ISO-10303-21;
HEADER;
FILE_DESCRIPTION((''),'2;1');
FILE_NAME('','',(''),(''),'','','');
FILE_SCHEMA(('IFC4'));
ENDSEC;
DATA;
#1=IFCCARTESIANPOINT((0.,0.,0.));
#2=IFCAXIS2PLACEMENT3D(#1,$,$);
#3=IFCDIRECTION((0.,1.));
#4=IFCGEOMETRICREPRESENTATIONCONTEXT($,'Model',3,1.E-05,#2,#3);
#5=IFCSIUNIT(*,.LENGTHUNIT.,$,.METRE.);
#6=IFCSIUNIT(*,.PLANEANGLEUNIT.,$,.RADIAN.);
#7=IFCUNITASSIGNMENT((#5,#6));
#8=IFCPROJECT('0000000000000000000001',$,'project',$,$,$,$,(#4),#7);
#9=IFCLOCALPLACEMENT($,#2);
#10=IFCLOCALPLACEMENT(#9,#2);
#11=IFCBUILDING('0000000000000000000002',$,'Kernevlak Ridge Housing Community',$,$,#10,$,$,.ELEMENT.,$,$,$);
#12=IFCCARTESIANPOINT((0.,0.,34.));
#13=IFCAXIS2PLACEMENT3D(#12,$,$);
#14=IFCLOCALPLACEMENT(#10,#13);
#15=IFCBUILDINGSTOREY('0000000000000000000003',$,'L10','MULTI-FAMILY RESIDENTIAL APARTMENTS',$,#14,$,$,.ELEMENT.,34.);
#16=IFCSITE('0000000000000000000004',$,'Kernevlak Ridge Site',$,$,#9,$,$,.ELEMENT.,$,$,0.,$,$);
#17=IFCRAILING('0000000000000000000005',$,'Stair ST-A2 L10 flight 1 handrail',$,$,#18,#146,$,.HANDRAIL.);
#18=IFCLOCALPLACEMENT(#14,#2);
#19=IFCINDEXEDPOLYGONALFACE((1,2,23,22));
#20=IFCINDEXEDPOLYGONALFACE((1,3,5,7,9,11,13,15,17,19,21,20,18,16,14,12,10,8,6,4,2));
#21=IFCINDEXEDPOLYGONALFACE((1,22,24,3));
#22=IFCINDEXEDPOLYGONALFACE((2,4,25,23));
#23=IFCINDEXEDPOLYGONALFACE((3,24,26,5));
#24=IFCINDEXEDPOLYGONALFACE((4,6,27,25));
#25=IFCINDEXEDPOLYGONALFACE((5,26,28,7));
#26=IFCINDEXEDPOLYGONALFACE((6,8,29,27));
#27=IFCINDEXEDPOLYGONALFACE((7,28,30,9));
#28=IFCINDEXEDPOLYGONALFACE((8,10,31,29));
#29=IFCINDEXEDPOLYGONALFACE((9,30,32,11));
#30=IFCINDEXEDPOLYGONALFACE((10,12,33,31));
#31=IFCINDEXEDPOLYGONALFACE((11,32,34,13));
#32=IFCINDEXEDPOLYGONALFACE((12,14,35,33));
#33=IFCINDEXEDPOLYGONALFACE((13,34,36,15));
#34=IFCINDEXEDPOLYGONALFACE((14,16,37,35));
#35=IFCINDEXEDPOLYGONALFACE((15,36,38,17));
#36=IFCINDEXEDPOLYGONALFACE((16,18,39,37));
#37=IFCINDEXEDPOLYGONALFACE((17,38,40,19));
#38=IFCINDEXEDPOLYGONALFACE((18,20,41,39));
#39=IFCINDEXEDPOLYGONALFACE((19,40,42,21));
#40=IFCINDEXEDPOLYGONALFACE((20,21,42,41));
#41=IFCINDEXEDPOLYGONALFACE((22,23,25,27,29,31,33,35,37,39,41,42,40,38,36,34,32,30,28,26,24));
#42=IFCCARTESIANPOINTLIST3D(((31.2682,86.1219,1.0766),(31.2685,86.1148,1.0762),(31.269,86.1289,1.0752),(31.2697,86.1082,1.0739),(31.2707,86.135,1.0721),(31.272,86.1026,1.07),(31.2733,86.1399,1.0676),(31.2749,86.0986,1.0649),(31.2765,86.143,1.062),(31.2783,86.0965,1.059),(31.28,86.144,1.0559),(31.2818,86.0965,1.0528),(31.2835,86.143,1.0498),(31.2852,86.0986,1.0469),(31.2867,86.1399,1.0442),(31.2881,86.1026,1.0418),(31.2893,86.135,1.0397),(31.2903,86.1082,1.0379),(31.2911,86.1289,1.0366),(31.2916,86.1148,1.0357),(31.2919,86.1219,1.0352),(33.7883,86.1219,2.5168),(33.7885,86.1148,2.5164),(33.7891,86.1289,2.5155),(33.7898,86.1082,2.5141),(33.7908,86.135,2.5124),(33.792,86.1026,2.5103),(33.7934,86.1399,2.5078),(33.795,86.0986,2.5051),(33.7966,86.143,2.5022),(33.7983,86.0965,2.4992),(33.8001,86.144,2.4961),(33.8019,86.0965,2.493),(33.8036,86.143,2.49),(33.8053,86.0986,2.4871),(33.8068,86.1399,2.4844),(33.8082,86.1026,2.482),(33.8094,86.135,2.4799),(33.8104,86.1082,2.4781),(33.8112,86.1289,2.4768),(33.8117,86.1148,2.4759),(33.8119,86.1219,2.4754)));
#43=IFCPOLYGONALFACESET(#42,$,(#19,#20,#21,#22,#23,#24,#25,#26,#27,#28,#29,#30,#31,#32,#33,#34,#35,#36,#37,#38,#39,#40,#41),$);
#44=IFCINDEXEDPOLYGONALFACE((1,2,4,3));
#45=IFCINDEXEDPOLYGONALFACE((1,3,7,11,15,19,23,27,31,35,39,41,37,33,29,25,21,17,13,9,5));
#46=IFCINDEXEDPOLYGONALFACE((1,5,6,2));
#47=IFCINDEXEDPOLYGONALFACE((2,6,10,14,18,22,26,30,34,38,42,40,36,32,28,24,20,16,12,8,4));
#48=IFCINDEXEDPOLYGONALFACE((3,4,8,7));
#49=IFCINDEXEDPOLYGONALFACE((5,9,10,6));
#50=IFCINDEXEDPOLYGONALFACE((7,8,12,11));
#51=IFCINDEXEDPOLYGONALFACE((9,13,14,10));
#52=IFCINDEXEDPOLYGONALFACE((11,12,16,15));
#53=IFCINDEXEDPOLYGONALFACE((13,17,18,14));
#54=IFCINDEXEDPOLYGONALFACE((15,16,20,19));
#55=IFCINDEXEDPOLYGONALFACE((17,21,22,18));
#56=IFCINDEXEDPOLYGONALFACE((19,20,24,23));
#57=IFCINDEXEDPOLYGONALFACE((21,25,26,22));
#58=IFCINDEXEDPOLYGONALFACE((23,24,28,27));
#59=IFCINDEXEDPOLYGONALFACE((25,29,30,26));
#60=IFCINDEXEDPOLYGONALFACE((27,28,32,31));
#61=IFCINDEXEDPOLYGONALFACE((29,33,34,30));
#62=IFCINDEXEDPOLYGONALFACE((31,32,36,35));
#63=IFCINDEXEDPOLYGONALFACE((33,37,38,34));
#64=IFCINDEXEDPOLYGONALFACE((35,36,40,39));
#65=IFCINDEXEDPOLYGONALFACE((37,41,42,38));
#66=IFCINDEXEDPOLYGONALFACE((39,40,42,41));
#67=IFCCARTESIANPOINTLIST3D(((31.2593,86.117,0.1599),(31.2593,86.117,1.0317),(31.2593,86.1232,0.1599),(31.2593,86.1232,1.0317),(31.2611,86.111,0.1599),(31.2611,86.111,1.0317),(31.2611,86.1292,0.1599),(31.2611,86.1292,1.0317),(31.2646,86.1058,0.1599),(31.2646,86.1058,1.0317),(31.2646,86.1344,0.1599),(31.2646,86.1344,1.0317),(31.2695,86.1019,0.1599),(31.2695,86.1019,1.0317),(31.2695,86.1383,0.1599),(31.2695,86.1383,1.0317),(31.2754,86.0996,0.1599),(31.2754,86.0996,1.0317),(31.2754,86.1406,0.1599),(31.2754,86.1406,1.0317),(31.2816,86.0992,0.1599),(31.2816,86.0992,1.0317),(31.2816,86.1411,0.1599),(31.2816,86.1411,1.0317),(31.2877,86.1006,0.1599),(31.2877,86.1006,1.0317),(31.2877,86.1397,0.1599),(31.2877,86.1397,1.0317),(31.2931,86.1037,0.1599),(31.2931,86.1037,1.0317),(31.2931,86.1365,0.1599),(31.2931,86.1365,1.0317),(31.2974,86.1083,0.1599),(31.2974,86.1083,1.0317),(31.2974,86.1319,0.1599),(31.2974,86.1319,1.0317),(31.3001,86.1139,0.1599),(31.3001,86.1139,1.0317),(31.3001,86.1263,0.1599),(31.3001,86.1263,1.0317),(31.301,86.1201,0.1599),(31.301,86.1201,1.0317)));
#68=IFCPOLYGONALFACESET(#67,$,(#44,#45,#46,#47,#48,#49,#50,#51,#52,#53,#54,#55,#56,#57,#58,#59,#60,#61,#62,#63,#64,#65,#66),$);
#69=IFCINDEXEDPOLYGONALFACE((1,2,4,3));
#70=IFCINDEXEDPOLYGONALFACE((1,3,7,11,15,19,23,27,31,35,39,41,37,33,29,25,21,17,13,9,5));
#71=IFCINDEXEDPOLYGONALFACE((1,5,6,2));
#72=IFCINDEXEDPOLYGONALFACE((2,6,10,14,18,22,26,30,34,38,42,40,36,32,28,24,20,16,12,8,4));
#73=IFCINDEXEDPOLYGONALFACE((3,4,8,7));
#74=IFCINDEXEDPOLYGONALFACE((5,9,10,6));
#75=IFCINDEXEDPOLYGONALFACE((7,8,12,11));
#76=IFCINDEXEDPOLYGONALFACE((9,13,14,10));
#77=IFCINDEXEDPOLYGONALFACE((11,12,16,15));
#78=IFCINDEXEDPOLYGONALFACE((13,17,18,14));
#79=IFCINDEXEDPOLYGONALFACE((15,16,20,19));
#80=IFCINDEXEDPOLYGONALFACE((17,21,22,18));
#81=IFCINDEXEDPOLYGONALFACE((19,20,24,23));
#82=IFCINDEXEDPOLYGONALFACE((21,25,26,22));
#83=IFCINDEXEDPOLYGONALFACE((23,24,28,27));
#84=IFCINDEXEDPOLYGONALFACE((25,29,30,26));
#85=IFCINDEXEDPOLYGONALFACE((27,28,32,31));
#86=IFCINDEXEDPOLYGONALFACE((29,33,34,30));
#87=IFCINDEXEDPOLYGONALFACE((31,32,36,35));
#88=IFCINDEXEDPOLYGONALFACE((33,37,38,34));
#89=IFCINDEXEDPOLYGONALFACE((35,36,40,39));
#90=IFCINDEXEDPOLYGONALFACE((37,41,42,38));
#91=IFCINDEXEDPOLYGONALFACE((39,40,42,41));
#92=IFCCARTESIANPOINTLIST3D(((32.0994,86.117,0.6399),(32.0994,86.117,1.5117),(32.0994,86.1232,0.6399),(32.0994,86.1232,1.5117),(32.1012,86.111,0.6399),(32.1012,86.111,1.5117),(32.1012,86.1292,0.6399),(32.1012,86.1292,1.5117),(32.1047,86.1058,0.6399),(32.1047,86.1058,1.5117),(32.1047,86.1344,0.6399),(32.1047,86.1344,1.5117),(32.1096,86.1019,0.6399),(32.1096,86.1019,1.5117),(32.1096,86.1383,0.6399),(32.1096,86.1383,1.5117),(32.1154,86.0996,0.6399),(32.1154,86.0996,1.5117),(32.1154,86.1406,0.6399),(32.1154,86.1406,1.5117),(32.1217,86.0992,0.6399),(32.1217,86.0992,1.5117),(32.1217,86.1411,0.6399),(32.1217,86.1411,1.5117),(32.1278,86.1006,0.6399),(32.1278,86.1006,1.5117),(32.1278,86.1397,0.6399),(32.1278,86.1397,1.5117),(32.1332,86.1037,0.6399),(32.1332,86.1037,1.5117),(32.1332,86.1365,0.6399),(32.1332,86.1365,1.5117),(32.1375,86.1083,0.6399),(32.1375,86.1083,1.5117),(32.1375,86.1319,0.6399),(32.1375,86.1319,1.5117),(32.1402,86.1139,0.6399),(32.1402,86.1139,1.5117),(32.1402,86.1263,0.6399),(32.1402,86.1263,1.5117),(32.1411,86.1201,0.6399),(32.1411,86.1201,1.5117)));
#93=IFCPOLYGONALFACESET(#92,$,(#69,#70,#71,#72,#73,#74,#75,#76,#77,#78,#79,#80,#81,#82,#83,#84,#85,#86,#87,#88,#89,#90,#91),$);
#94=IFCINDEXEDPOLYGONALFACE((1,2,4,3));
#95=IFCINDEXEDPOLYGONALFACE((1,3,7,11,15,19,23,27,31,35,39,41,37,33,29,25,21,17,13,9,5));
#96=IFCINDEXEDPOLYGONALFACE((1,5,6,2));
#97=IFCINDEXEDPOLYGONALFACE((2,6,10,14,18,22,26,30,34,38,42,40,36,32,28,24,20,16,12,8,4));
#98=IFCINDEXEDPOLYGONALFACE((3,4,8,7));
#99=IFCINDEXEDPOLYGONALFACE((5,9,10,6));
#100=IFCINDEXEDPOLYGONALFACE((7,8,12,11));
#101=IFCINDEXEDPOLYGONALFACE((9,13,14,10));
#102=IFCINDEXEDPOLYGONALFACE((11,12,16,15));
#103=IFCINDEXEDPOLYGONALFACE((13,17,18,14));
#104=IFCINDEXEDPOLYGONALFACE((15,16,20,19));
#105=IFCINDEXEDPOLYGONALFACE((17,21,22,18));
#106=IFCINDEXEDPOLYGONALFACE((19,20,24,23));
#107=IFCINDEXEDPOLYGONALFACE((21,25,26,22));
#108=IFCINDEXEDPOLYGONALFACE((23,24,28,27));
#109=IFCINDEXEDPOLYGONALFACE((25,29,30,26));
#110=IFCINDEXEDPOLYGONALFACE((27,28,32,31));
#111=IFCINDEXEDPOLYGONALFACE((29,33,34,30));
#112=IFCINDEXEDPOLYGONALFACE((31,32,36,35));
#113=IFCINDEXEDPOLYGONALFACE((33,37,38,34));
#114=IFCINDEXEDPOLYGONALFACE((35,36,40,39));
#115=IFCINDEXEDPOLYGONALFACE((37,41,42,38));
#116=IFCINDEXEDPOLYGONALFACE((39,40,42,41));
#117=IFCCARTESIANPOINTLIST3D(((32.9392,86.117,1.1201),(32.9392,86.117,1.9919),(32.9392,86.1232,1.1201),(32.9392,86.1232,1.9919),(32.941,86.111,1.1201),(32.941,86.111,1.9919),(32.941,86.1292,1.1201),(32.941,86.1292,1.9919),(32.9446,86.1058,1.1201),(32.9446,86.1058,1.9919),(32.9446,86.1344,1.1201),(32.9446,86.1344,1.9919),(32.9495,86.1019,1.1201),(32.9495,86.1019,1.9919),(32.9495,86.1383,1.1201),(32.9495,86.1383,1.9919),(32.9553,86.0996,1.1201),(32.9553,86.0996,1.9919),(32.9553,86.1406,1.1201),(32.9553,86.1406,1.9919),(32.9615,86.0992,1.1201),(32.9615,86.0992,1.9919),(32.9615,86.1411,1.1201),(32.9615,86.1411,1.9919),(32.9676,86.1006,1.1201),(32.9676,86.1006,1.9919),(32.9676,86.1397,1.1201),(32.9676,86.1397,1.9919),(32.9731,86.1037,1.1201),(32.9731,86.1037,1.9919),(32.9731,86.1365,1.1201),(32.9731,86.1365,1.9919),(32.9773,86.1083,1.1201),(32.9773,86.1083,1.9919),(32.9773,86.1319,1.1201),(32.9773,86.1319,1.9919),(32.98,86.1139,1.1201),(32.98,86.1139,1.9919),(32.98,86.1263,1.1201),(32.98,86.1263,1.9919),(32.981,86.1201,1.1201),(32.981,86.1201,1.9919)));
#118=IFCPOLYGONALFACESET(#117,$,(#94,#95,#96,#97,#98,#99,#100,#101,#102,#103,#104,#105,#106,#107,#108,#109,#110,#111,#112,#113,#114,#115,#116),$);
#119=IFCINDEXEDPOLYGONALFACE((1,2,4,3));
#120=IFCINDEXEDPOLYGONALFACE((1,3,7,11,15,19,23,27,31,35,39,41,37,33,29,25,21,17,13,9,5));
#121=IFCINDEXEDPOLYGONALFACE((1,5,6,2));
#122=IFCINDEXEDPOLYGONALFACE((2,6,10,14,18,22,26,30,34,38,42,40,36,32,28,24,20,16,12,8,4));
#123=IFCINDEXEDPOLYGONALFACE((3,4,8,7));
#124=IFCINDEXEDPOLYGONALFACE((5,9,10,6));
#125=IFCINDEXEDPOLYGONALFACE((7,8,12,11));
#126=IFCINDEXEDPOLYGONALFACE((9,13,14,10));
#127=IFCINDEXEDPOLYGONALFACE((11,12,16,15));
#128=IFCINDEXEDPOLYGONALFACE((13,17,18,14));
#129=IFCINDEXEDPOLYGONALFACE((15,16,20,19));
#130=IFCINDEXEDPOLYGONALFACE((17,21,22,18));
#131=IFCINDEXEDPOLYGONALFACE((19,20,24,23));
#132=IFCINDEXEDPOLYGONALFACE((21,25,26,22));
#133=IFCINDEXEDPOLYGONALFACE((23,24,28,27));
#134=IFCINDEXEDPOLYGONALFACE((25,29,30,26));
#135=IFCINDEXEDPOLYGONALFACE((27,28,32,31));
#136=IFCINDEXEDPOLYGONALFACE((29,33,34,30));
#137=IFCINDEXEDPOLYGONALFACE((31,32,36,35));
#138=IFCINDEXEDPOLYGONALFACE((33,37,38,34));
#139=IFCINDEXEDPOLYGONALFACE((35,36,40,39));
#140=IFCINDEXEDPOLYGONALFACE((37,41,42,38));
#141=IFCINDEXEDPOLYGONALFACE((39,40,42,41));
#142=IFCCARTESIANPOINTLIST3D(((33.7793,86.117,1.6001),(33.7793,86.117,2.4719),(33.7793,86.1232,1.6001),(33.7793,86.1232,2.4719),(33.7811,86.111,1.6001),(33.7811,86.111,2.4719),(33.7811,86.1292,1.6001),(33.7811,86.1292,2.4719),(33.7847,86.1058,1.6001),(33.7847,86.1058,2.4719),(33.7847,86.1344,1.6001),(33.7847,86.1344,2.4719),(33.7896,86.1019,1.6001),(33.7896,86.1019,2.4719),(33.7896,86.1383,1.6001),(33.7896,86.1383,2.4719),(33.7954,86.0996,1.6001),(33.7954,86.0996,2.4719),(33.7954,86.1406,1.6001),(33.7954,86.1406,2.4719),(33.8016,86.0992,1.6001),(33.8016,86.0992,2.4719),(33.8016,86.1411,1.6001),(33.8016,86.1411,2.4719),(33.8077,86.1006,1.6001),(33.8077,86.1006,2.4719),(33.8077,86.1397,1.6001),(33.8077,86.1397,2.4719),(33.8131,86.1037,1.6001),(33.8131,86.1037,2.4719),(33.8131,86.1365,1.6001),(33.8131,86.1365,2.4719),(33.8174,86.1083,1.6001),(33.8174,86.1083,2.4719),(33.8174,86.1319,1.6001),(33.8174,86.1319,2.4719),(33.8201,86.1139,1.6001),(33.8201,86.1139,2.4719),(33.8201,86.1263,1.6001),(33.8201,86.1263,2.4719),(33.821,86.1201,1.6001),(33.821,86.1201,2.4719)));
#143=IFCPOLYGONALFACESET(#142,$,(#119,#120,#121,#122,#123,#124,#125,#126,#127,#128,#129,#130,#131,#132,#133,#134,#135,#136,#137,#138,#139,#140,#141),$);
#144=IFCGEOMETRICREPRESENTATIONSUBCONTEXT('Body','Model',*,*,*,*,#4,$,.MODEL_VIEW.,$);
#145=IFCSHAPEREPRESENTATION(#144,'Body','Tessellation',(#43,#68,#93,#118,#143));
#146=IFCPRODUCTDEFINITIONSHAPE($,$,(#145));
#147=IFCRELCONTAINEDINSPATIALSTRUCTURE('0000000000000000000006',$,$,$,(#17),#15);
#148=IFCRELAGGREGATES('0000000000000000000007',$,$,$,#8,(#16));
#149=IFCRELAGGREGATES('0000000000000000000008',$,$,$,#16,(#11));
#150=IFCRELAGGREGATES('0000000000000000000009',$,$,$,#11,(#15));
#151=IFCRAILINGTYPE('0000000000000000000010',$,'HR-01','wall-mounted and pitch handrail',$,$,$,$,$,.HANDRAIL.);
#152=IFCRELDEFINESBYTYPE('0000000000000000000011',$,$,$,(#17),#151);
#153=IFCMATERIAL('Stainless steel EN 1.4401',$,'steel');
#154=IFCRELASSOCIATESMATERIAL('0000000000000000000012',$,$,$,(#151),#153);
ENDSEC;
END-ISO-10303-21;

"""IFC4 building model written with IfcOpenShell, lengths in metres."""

from ifc_helpers import new_model, si_unit, direction, frame, origin, origin_2d, place, context, subcontext, project, spatial, circle, extrude, material, type_object, element, save


model = new_model("IFC4")

# Units and contexts
model_context = context("Model", 3, precision=1e-05, world=origin(), true_north=direction((0.0, 1.0)))
body_context = subcontext(model_context, "Body", "Model", "MODEL_VIEW")
ifc_project = project(units=[si_unit("LENGTHUNIT", "METRE"), si_unit("PLANEANGLEUNIT", "RADIAN")], contexts=[model_context])

# Site, building, storey
site_placement = place(None, origin())
site = spatial("IfcSite", under=ifc_project, at=site_placement, Name="Kernevlak Ridge Site", CompositionType="ELEMENT", RefElevation=0.0)
building_placement = place(site_placement, origin())
building = spatial("IfcBuilding", under=site, at=building_placement, Name="Kernevlak Ridge Housing Community", CompositionType="ELEMENT")
storey_placement = place(building_placement, frame((0.0, 0.0, 34.0)))
storey = spatial("IfcBuildingStorey", under=building, at=storey_placement, Name="L10", Description="MULTI-FAMILY RESIDENTIAL APARTMENTS", CompositionType="ELEMENT", Elevation=34.0)

# Railing
ifc_material_1 = material(Name="Stainless steel EN 1.4401", Category="steel")
railing_type_1 = type_object("IfcRailingType", Name="HR-01", Description="wall-mounted and pitch handrail", PredefinedType="HANDRAIL", material=ifc_material_1)
railing_1_placement = place(storey_placement, frame((31.28, 86.1201, 0.1599)))
element("IfcRailing", 1, at=railing_1_placement, inside=storey, type_object=railing_type_1, Name="Stair ST-A2 L10 flight 1 handrail", PredefinedType="HANDRAIL", context=body_context, shape_type="SweptSolid", body=[
    extrude(circle(Radius=0.0239, at=origin_2d()), frame((0.0, 0.0, 0.896), z_axis=(0.868217, 0.0, 0.496184), x_axis=(0.0, 1.0, 0.0)), (0.0, 0.0, 1.0), 2.9026),
    extrude(circle(Radius=0.021, at=origin_2d()), origin(), (0.0, 0.0, 1.0), 0.8718),
    extrude(circle(Radius=0.021, at=origin_2d()), frame((0.8401, 0.0, 0.48)), (0.0, 0.0, 1.0), 0.8718),
    extrude(circle(Radius=0.021, at=origin_2d()), frame((1.6799, 0.0, 0.9602)), (0.0, 0.0, 1.0), 0.8718),
    extrude(circle(Radius=0.021, at=origin_2d()), frame((2.52, 0.0, 1.4402)), (0.0, 0.0, 1.0), 0.8718),
])

save(model, "model.ifc")
